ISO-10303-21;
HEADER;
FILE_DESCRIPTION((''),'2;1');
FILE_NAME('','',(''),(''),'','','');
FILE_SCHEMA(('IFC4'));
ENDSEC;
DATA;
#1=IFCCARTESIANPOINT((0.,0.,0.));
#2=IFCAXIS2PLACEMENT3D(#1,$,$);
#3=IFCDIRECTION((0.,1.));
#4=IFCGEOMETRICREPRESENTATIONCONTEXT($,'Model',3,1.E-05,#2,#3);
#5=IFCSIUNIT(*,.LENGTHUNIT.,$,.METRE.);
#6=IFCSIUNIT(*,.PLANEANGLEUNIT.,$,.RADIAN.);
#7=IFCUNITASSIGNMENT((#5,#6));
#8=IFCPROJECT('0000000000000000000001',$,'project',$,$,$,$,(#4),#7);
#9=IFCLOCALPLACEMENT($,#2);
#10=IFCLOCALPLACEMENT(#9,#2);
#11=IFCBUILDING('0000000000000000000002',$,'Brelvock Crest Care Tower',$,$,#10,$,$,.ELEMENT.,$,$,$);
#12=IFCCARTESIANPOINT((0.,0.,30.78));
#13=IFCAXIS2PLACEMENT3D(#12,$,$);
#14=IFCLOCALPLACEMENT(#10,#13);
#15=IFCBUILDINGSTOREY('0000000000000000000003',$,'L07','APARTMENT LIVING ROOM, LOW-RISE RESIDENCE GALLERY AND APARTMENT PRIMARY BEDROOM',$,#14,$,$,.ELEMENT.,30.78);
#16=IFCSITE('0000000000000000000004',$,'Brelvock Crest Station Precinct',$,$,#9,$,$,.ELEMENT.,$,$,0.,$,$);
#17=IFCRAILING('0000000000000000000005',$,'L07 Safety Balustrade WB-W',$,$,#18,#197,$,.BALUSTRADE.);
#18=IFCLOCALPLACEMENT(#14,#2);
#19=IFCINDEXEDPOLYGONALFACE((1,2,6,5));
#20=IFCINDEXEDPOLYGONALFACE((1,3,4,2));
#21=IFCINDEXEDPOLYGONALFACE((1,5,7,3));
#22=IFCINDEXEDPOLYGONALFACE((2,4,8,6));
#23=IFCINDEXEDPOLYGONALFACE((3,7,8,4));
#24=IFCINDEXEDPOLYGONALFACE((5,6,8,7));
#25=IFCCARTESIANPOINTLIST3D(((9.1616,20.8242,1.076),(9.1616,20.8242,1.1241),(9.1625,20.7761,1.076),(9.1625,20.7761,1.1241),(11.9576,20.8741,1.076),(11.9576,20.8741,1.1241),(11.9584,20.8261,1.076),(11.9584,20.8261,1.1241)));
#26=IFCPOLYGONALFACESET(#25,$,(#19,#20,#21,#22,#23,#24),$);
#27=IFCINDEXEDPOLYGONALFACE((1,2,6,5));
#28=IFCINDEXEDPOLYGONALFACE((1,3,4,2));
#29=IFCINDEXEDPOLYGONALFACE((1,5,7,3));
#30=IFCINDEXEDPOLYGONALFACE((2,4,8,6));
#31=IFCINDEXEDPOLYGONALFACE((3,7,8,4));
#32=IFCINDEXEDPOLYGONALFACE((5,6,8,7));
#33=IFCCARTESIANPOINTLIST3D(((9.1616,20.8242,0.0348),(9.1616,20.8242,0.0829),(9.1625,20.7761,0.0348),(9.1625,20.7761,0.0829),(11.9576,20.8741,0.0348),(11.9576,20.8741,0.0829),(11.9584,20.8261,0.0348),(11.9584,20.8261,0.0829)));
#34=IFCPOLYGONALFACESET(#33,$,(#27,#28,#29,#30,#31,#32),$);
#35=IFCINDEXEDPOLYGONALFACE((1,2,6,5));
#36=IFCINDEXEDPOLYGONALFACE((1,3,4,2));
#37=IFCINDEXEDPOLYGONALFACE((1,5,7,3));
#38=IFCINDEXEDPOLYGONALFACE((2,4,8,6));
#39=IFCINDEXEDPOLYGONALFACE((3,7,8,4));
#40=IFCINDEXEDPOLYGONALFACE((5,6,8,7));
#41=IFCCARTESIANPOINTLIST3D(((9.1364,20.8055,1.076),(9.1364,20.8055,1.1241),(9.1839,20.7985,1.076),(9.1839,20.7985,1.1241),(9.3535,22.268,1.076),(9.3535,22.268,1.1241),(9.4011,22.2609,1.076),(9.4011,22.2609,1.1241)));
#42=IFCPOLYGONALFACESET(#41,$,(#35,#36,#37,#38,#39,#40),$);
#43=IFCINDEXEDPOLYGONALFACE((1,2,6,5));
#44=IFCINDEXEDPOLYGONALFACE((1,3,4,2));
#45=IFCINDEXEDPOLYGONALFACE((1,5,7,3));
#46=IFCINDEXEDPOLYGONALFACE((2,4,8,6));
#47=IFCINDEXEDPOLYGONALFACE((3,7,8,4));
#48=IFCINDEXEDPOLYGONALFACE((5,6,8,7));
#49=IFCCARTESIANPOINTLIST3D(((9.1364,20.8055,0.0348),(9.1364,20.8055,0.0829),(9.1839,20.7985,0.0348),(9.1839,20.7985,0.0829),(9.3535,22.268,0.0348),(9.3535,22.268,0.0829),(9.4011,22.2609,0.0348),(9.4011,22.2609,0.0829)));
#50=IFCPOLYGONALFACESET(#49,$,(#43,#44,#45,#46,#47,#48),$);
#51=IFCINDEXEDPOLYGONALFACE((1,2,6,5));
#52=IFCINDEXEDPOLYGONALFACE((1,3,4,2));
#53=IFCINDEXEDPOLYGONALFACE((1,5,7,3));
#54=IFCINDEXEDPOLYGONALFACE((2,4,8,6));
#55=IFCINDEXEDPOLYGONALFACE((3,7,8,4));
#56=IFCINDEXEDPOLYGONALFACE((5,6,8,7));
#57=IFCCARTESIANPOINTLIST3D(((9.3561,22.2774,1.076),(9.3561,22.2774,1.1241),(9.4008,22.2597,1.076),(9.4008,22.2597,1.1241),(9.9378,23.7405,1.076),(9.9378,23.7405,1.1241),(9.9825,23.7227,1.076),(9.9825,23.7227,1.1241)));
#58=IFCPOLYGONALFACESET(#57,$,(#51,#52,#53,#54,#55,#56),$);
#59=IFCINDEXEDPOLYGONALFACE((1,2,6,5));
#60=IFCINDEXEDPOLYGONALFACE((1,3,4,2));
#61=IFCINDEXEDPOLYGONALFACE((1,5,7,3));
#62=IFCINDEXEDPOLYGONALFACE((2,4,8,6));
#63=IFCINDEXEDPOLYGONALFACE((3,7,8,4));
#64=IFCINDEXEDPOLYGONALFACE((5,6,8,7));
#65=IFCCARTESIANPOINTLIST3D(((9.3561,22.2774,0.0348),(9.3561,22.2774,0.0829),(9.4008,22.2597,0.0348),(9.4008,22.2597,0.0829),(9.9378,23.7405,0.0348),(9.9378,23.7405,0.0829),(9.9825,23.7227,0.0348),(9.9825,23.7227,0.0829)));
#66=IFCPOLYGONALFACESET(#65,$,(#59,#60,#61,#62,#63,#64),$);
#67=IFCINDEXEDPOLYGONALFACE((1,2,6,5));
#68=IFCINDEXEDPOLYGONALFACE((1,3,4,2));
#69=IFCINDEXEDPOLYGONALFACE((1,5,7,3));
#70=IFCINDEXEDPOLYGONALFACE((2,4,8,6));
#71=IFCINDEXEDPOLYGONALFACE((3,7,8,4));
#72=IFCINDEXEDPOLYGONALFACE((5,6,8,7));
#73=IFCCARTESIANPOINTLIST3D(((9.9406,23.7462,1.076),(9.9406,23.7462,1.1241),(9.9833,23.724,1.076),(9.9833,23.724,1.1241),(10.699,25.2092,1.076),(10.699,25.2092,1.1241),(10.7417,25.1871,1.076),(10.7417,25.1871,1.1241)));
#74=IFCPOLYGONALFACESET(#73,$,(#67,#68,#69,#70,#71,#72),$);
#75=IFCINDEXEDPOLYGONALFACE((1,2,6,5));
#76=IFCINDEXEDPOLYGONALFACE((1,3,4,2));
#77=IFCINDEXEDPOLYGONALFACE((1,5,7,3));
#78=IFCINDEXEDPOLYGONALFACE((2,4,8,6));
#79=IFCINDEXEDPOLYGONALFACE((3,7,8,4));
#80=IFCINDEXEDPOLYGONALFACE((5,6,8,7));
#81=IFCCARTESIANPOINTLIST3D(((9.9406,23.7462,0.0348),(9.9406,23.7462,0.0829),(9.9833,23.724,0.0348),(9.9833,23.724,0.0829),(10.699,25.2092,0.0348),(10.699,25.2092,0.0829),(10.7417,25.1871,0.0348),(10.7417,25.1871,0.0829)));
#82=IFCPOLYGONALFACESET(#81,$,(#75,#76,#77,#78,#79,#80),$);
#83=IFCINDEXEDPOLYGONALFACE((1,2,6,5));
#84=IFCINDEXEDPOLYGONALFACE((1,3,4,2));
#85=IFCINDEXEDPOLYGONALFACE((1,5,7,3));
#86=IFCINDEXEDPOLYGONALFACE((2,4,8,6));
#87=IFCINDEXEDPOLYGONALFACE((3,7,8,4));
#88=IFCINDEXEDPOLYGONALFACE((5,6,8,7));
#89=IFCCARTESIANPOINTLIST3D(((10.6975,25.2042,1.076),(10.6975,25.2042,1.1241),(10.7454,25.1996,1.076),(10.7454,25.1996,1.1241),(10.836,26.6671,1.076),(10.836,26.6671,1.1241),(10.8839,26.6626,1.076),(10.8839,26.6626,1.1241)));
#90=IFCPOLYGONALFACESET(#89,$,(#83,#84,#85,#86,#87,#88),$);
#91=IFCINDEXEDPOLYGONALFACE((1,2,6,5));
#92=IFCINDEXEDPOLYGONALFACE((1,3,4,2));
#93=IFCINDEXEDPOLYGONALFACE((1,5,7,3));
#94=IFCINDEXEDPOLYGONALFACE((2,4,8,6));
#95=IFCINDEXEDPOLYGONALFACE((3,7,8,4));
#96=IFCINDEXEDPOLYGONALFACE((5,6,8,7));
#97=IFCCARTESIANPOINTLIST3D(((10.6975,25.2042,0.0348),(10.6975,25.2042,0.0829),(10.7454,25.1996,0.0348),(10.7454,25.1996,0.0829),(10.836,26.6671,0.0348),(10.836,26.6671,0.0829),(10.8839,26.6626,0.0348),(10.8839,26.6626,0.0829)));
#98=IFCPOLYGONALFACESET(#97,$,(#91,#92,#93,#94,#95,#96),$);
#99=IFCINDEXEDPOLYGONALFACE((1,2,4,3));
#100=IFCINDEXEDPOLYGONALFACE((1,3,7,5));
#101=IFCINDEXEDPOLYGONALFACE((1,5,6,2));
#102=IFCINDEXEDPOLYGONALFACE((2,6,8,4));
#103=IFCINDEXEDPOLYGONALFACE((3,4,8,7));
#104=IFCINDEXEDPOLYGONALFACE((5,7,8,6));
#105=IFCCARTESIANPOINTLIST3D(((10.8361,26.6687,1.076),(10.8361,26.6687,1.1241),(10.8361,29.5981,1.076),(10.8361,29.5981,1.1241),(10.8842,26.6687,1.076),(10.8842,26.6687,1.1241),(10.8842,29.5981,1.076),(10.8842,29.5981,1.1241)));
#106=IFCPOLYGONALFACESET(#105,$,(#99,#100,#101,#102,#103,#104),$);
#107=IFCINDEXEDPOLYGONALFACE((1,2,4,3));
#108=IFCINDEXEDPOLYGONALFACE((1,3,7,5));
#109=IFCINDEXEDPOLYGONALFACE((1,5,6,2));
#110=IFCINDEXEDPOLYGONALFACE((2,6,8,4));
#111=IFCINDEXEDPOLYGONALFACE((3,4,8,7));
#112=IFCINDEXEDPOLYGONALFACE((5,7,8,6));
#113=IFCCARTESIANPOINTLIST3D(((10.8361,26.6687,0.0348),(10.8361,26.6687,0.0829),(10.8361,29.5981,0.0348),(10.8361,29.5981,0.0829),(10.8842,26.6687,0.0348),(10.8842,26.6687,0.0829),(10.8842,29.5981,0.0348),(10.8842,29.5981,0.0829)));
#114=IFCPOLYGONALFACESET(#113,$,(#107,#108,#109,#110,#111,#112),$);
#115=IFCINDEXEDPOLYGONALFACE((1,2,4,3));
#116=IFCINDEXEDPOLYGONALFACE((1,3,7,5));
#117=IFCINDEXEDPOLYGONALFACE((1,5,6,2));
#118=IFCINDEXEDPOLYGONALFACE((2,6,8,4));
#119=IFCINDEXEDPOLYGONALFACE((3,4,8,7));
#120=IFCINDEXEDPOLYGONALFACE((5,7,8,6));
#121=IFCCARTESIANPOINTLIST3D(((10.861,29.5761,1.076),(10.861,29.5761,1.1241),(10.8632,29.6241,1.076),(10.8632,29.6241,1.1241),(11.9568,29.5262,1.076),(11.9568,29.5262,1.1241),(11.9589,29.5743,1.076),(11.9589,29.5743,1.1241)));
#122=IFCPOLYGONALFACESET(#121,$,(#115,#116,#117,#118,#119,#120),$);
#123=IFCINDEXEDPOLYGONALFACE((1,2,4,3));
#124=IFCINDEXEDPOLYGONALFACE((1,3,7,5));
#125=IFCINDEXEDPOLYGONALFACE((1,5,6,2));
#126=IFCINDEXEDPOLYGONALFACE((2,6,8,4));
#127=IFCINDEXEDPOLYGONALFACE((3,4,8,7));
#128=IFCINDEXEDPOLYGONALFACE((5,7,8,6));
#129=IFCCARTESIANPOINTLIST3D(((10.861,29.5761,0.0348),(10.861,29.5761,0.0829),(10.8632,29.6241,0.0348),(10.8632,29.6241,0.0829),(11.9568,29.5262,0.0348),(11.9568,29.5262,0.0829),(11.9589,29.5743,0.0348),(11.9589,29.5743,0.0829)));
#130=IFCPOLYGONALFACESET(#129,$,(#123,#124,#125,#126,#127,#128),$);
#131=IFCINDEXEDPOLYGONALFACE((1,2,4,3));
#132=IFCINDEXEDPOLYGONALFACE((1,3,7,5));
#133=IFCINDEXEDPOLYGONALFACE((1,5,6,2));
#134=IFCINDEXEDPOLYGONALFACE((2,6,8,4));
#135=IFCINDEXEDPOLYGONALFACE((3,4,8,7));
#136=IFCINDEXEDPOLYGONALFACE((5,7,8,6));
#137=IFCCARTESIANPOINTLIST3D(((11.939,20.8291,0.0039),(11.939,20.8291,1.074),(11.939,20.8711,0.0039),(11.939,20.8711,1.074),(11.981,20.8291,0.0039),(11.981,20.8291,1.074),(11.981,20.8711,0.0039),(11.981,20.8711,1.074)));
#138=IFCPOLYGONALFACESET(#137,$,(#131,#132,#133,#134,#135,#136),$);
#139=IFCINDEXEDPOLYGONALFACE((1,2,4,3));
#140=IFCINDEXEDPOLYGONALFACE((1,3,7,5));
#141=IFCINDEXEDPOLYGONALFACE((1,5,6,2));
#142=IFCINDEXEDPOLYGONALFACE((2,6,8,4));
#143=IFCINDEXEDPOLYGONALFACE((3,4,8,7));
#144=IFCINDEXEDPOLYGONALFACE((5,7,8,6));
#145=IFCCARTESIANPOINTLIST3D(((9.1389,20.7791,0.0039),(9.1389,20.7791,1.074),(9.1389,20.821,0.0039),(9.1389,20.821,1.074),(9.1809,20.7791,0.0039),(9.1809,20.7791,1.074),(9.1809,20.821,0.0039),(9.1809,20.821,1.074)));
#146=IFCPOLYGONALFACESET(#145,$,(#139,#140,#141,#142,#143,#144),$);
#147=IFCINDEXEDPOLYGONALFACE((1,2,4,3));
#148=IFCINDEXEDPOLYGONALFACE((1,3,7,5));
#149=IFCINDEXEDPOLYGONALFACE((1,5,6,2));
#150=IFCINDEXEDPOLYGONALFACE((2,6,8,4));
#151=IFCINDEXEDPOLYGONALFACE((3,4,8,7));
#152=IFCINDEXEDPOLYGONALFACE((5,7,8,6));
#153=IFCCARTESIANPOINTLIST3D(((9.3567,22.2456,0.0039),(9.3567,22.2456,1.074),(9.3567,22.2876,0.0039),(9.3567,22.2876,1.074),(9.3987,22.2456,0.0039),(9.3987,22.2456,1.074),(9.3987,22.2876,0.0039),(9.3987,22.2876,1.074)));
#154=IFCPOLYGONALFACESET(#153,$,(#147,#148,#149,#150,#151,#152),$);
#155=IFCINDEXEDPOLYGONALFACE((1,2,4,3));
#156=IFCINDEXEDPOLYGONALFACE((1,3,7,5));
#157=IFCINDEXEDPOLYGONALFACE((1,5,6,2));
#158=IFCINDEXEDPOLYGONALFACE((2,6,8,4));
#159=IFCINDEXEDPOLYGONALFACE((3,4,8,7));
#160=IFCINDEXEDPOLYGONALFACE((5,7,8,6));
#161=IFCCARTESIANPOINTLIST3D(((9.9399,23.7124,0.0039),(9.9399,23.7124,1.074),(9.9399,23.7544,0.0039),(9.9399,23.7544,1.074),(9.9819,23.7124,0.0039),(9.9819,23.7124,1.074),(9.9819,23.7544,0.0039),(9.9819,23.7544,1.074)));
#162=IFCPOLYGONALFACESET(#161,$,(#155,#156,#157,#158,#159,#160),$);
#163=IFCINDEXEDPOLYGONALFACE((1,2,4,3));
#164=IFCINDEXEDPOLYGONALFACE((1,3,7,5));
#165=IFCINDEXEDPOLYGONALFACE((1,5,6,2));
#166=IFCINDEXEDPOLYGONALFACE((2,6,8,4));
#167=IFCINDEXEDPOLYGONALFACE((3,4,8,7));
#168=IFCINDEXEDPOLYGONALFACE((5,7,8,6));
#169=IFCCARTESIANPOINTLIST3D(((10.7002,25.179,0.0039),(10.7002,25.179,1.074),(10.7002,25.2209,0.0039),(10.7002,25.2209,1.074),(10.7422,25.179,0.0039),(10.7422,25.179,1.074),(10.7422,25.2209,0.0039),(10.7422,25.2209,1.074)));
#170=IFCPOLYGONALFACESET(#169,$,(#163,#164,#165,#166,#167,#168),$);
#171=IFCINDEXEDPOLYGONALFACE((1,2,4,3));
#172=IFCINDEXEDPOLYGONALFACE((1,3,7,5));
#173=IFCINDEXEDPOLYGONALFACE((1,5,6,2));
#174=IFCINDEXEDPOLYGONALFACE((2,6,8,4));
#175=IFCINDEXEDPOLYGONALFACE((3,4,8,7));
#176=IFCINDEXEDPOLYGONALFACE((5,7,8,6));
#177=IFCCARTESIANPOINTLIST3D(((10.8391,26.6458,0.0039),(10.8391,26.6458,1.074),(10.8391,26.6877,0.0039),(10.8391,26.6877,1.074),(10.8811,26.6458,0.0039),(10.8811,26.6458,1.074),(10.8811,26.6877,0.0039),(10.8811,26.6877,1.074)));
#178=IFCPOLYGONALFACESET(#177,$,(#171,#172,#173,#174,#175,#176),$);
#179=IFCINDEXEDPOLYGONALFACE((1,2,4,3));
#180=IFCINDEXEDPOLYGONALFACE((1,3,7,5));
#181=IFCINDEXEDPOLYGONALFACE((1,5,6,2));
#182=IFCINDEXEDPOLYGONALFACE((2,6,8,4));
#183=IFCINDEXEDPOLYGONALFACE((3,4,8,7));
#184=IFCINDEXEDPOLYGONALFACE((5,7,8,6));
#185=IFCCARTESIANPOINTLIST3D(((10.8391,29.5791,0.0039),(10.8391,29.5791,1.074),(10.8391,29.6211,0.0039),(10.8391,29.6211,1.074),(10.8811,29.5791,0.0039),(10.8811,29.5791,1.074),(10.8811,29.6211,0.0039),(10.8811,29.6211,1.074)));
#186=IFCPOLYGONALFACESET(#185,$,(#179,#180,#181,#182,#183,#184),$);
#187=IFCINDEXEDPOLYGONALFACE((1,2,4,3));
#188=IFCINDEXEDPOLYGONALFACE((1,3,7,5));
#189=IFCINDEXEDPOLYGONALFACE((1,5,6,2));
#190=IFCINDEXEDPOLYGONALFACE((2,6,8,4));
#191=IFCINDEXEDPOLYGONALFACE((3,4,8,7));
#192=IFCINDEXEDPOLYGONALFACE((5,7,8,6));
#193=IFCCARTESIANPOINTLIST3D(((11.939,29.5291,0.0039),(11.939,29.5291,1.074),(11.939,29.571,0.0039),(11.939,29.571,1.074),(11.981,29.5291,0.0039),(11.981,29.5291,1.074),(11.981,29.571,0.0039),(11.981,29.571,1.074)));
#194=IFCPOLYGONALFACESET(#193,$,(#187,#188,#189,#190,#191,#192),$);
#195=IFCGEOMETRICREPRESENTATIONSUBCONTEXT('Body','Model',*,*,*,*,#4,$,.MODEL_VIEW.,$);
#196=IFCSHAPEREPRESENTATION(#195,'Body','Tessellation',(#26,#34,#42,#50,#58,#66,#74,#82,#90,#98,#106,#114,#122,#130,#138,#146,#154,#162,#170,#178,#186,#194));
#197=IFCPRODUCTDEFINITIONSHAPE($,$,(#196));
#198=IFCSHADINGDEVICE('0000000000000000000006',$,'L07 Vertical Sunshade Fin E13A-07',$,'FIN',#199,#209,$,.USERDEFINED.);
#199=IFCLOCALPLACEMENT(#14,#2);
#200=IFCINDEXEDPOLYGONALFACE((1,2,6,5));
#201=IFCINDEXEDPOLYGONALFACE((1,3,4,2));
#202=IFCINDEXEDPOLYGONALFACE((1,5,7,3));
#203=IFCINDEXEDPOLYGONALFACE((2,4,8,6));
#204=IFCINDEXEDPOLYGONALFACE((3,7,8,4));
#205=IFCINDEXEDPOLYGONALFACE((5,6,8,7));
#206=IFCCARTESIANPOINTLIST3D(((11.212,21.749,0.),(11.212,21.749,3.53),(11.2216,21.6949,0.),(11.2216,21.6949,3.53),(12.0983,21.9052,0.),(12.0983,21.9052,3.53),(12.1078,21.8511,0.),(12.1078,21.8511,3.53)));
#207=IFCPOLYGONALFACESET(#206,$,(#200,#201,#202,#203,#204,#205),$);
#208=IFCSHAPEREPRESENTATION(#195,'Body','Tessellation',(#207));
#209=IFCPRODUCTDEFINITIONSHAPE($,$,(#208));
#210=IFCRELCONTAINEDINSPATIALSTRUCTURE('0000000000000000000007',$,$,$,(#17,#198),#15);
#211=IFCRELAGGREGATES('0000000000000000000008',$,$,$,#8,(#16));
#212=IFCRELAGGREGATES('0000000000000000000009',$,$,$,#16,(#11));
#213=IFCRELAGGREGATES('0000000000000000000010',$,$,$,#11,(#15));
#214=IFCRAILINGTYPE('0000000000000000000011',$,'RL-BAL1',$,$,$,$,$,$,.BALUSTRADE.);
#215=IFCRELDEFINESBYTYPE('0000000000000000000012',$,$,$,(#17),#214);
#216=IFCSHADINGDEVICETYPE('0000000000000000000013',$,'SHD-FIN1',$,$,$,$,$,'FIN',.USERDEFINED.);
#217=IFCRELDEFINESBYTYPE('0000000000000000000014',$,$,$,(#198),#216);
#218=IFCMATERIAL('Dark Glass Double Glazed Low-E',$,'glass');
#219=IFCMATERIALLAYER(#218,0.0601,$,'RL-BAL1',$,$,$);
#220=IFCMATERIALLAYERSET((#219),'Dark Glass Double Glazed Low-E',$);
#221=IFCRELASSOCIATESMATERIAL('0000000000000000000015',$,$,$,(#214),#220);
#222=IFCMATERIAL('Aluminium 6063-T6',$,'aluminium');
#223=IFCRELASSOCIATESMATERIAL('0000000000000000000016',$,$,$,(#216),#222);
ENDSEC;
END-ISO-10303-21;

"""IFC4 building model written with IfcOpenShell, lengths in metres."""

from ifc_helpers import new_model, si_unit, direction, frame, origin, origin_2d, place, context, subcontext, project, spatial, rectangle, extrude, source, transform, mapped, material, layer, layer_set, material_profile, profile_set, type_object, element, save


model = new_model("IFC4")

# Units and contexts
model_context = context("Model", 3, precision=1e-05, world=origin(), true_north=direction((0.0, 1.0)))
body_context = subcontext(model_context, "Body", "Model", "MODEL_VIEW")
ifc_project = project(units=[si_unit("LENGTHUNIT", "METRE"), si_unit("PLANEANGLEUNIT", "RADIAN")], contexts=[model_context])

# Site, building, storey
site_placement = place(None, origin())
site = spatial("IfcSite", under=ifc_project, at=site_placement, Name="Brelvock Crest Station Precinct", CompositionType="ELEMENT", RefElevation=0.0)
building_placement = place(site_placement, origin())
building = spatial("IfcBuilding", under=site, at=building_placement, Name="Brelvock Crest Care Tower", CompositionType="ELEMENT")
storey_placement = place(building_placement, frame((0.0, 0.0, 30.78)))
storey = spatial("IfcBuildingStorey", under=building, at=storey_placement, Name="L07", Description="APARTMENT LIVING ROOM, LOW-RISE RESIDENCE GALLERY AND APARTMENT PRIMARY BEDROOM", CompositionType="ELEMENT", Elevation=30.78)

# Shared definitions
ifc_material_1 = material(Name="Dark Glass Double Glazed Low-E", Category="glass")
ifc_material_2 = material(Name="Aluminium 6063-T6", Category="aluminium")

# Railing
ifc_layer_1 = layer(ifc_material_1, 0.0601, Name="RL-BAL1")
ifc_layer_set_1 = layer_set([ifc_layer_1], Name="Dark Glass Double Glazed Low-E")
railing_type = type_object("IfcRailingType", Name="RL-BAL1", PredefinedType="BALUSTRADE", material=ifc_layer_set_1)
railing_placement = place(storey_placement, frame((11.96, 20.8501, 0.0039)))
element("IfcRailing", 1, at=railing_placement, inside=storey, type_object=railing_type, Name="L07 Safety Balustrade WB-W", PredefinedType="BALUSTRADE", context=body_context, shape_type="SweptSolid", body=[
    extrude(rectangle(XDim=0.0481, YDim=0.0481, at=origin_2d()), frame((-0.002, 0.0, 1.0962), z_axis=(-0.99984, -0.017871, 0.0), x_axis=(0.017871, -0.99984, 0.0)), (0.0, 0.0, 1.0), 2.7964),
    extrude(rectangle(XDim=0.0481, YDim=0.0481, at=origin_2d()), frame((-0.002, 0.0, 0.0549), z_axis=(-0.99984, -0.017871, 0.0), x_axis=(0.017871, -0.99984, 0.0)), (0.0, 0.0, 1.0), 2.7964),
    extrude(rectangle(XDim=0.0481, YDim=0.0481, at=origin_2d()), frame((-2.7998, -0.0481, 1.0962), z_axis=(0.146883, 0.989154, 0.0), x_axis=(-0.989154, 0.146883, 0.0)), (0.0, 0.0, 1.0), 1.4785),
    extrude(rectangle(XDim=0.0481, YDim=0.0481, at=origin_2d()), frame((-2.7998, -0.0481, 0.0549), z_axis=(0.146883, 0.989154, 0.0), x_axis=(-0.989154, 0.146883, 0.0)), (0.0, 0.0, 1.0), 1.4785),
    extrude(rectangle(XDim=0.0481, YDim=0.0481, at=origin_2d()), frame((-2.5815, 1.4185, 1.0962), z_axis=(0.369497, 0.929232, 0.0), x_axis=(-0.929232, 0.369497, 0.0)), (0.0, 0.0, 1.0), 1.5745),
    extrude(rectangle(XDim=0.0481, YDim=0.0481, at=origin_2d()), frame((-2.5815, 1.4185, 0.0549), z_axis=(0.369497, 0.929232, 0.0), x_axis=(-0.929232, 0.369497, 0.0)), (0.0, 0.0, 1.0), 1.5745),
    extrude(rectangle(XDim=0.0481, YDim=0.0481, at=origin_2d()), frame((-1.998, 2.885, 1.0962), z_axis=(0.460231, 0.887799, 0.0), x_axis=(-0.887799, 0.460231, 0.0)), (0.0, 0.0, 1.0), 1.6479),
    extrude(rectangle(XDim=0.0481, YDim=0.0481, at=origin_2d()), frame((-1.998, 2.885, 0.0549), z_axis=(0.460231, 0.887799, 0.0), x_axis=(-0.887799, 0.460231, 0.0)), (0.0, 0.0, 1.0), 1.6479),
    extrude(rectangle(XDim=0.0481, YDim=0.0481, at=origin_2d()), frame((-1.2385, 4.3518, 1.0962), z_axis=(0.094285, 0.995545, 0.0), x_axis=(-0.995545, 0.094285, 0.0)), (0.0, 0.0, 1.0), 1.4695),
    extrude(rectangle(XDim=0.0481, YDim=0.0481, at=origin_2d()), frame((-1.2385, 4.3518, 0.0549), z_axis=(0.094285, 0.995545, 0.0), x_axis=(-0.995545, 0.094285, 0.0)), (0.0, 0.0, 1.0), 1.4695),
    extrude(rectangle(XDim=0.0481, YDim=0.0481, at=origin_2d()), frame((-1.0999, 5.8186, 1.0962), z_axis=(0.0, 1.0, 0.0), x_axis=(-1.0, 0.0, 0.0)), (0.0, 0.0, 1.0), 2.9294),
    extrude(rectangle(XDim=0.0481, YDim=0.0481, at=origin_2d()), frame((-1.0999, 5.8186, 0.0549), z_axis=(0.0, 1.0, 0.0), x_axis=(-1.0, 0.0, 0.0)), (0.0, 0.0, 1.0), 2.9294),
    extrude(rectangle(XDim=0.0481, YDim=0.0481, at=origin_2d()), frame((-1.0979, 8.75, 1.0962), z_axis=(0.998966, -0.045458, 0.0), x_axis=(0.045458, 0.998966, 0.0)), (0.0, 0.0, 1.0), 1.0969),
    extrude(rectangle(XDim=0.0481, YDim=0.0481, at=origin_2d()), frame((-1.0979, 8.75, 0.0549), z_axis=(0.998966, -0.045458, 0.0), x_axis=(0.045458, 0.998966, 0.0)), (0.0, 0.0, 1.0), 1.0969),
    extrude(rectangle(XDim=0.042, YDim=0.042, at=origin_2d()), origin(), (0.0, 0.0, 1.0), 1.0701),
    extrude(rectangle(XDim=0.042, YDim=0.042, at=origin_2d()), frame((-2.8, -0.05, 0.0)), (0.0, 0.0, 1.0), 1.0701),
    extrude(rectangle(XDim=0.042, YDim=0.042, at=origin_2d()), frame((-2.5823, 1.4165, 0.0)), (0.0, 0.0, 1.0), 1.0701),
    extrude(rectangle(XDim=0.042, YDim=0.042, at=origin_2d()), frame((-1.999, 2.8833, 0.0)), (0.0, 0.0, 1.0), 1.0701),
    extrude(rectangle(XDim=0.042, YDim=0.042, at=origin_2d()), frame((-1.2388, 4.3499, 0.0)), (0.0, 0.0, 1.0), 1.0701),
    extrude(rectangle(XDim=0.042, YDim=0.042, at=origin_2d()), frame((-1.0999, 5.8167, 0.0)), (0.0, 0.0, 1.0), 1.0701),
    extrude(rectangle(XDim=0.042, YDim=0.042, at=origin_2d()), frame((-1.0999, 8.75, 0.0)), (0.0, 0.0, 1.0), 1.0701),
    extrude(rectangle(XDim=0.042, YDim=0.042, at=origin_2d()), frame((0.0, 8.7, 0.0)), (0.0, 0.0, 1.0), 1.0701),
])

# Shading device
ifc_material_profile_1 = material_profile(ifc_material_2, rectangle(XDim=0.0549, YDim=0.8999, at=origin_2d()), Name="FIN55x900")
ifc_profile_set_1 = profile_set([ifc_material_profile_1], Name="Aluminium 6063-T6")
shading_device_type = type_object("IfcShadingDeviceType", Name="SHD-FIN1", ElementType="FIN", PredefinedType="USERDEFINED", material=ifc_profile_set_1)
shared_shape_1 = source(origin(), body_context, "Body", "SweptSolid", [
    extrude(rectangle(XDim=0.0549, YDim=0.8999, at=origin_2d()), origin(), (0.0, 0.0, 1.0), 3.53),
])
shading_device_placement = place(storey_placement, frame((11.6599, 21.8, 0.0), z_axis=(0.0, 0.0, 1.0), x_axis=(-0.173648, 0.984808, 0.0)))
element("IfcShadingDevice", 2, at=shading_device_placement, inside=storey, type_object=shading_device_type, Name="L07 Vertical Sunshade Fin E13A-07", ObjectType="FIN", PredefinedType="USERDEFINED", context=body_context, shape_type="MappedRepresentation", body=[
    mapped(shared_shape_1, transform((0.0, 0.0, 0.0), x_axis=(1.0, 0.0, 0.0), y_axis=(0.0, 1.0, 0.0), z_axis=(0.0, 0.0, 1.0), scale=1.0)),
])

save(model, "model.ifc")
